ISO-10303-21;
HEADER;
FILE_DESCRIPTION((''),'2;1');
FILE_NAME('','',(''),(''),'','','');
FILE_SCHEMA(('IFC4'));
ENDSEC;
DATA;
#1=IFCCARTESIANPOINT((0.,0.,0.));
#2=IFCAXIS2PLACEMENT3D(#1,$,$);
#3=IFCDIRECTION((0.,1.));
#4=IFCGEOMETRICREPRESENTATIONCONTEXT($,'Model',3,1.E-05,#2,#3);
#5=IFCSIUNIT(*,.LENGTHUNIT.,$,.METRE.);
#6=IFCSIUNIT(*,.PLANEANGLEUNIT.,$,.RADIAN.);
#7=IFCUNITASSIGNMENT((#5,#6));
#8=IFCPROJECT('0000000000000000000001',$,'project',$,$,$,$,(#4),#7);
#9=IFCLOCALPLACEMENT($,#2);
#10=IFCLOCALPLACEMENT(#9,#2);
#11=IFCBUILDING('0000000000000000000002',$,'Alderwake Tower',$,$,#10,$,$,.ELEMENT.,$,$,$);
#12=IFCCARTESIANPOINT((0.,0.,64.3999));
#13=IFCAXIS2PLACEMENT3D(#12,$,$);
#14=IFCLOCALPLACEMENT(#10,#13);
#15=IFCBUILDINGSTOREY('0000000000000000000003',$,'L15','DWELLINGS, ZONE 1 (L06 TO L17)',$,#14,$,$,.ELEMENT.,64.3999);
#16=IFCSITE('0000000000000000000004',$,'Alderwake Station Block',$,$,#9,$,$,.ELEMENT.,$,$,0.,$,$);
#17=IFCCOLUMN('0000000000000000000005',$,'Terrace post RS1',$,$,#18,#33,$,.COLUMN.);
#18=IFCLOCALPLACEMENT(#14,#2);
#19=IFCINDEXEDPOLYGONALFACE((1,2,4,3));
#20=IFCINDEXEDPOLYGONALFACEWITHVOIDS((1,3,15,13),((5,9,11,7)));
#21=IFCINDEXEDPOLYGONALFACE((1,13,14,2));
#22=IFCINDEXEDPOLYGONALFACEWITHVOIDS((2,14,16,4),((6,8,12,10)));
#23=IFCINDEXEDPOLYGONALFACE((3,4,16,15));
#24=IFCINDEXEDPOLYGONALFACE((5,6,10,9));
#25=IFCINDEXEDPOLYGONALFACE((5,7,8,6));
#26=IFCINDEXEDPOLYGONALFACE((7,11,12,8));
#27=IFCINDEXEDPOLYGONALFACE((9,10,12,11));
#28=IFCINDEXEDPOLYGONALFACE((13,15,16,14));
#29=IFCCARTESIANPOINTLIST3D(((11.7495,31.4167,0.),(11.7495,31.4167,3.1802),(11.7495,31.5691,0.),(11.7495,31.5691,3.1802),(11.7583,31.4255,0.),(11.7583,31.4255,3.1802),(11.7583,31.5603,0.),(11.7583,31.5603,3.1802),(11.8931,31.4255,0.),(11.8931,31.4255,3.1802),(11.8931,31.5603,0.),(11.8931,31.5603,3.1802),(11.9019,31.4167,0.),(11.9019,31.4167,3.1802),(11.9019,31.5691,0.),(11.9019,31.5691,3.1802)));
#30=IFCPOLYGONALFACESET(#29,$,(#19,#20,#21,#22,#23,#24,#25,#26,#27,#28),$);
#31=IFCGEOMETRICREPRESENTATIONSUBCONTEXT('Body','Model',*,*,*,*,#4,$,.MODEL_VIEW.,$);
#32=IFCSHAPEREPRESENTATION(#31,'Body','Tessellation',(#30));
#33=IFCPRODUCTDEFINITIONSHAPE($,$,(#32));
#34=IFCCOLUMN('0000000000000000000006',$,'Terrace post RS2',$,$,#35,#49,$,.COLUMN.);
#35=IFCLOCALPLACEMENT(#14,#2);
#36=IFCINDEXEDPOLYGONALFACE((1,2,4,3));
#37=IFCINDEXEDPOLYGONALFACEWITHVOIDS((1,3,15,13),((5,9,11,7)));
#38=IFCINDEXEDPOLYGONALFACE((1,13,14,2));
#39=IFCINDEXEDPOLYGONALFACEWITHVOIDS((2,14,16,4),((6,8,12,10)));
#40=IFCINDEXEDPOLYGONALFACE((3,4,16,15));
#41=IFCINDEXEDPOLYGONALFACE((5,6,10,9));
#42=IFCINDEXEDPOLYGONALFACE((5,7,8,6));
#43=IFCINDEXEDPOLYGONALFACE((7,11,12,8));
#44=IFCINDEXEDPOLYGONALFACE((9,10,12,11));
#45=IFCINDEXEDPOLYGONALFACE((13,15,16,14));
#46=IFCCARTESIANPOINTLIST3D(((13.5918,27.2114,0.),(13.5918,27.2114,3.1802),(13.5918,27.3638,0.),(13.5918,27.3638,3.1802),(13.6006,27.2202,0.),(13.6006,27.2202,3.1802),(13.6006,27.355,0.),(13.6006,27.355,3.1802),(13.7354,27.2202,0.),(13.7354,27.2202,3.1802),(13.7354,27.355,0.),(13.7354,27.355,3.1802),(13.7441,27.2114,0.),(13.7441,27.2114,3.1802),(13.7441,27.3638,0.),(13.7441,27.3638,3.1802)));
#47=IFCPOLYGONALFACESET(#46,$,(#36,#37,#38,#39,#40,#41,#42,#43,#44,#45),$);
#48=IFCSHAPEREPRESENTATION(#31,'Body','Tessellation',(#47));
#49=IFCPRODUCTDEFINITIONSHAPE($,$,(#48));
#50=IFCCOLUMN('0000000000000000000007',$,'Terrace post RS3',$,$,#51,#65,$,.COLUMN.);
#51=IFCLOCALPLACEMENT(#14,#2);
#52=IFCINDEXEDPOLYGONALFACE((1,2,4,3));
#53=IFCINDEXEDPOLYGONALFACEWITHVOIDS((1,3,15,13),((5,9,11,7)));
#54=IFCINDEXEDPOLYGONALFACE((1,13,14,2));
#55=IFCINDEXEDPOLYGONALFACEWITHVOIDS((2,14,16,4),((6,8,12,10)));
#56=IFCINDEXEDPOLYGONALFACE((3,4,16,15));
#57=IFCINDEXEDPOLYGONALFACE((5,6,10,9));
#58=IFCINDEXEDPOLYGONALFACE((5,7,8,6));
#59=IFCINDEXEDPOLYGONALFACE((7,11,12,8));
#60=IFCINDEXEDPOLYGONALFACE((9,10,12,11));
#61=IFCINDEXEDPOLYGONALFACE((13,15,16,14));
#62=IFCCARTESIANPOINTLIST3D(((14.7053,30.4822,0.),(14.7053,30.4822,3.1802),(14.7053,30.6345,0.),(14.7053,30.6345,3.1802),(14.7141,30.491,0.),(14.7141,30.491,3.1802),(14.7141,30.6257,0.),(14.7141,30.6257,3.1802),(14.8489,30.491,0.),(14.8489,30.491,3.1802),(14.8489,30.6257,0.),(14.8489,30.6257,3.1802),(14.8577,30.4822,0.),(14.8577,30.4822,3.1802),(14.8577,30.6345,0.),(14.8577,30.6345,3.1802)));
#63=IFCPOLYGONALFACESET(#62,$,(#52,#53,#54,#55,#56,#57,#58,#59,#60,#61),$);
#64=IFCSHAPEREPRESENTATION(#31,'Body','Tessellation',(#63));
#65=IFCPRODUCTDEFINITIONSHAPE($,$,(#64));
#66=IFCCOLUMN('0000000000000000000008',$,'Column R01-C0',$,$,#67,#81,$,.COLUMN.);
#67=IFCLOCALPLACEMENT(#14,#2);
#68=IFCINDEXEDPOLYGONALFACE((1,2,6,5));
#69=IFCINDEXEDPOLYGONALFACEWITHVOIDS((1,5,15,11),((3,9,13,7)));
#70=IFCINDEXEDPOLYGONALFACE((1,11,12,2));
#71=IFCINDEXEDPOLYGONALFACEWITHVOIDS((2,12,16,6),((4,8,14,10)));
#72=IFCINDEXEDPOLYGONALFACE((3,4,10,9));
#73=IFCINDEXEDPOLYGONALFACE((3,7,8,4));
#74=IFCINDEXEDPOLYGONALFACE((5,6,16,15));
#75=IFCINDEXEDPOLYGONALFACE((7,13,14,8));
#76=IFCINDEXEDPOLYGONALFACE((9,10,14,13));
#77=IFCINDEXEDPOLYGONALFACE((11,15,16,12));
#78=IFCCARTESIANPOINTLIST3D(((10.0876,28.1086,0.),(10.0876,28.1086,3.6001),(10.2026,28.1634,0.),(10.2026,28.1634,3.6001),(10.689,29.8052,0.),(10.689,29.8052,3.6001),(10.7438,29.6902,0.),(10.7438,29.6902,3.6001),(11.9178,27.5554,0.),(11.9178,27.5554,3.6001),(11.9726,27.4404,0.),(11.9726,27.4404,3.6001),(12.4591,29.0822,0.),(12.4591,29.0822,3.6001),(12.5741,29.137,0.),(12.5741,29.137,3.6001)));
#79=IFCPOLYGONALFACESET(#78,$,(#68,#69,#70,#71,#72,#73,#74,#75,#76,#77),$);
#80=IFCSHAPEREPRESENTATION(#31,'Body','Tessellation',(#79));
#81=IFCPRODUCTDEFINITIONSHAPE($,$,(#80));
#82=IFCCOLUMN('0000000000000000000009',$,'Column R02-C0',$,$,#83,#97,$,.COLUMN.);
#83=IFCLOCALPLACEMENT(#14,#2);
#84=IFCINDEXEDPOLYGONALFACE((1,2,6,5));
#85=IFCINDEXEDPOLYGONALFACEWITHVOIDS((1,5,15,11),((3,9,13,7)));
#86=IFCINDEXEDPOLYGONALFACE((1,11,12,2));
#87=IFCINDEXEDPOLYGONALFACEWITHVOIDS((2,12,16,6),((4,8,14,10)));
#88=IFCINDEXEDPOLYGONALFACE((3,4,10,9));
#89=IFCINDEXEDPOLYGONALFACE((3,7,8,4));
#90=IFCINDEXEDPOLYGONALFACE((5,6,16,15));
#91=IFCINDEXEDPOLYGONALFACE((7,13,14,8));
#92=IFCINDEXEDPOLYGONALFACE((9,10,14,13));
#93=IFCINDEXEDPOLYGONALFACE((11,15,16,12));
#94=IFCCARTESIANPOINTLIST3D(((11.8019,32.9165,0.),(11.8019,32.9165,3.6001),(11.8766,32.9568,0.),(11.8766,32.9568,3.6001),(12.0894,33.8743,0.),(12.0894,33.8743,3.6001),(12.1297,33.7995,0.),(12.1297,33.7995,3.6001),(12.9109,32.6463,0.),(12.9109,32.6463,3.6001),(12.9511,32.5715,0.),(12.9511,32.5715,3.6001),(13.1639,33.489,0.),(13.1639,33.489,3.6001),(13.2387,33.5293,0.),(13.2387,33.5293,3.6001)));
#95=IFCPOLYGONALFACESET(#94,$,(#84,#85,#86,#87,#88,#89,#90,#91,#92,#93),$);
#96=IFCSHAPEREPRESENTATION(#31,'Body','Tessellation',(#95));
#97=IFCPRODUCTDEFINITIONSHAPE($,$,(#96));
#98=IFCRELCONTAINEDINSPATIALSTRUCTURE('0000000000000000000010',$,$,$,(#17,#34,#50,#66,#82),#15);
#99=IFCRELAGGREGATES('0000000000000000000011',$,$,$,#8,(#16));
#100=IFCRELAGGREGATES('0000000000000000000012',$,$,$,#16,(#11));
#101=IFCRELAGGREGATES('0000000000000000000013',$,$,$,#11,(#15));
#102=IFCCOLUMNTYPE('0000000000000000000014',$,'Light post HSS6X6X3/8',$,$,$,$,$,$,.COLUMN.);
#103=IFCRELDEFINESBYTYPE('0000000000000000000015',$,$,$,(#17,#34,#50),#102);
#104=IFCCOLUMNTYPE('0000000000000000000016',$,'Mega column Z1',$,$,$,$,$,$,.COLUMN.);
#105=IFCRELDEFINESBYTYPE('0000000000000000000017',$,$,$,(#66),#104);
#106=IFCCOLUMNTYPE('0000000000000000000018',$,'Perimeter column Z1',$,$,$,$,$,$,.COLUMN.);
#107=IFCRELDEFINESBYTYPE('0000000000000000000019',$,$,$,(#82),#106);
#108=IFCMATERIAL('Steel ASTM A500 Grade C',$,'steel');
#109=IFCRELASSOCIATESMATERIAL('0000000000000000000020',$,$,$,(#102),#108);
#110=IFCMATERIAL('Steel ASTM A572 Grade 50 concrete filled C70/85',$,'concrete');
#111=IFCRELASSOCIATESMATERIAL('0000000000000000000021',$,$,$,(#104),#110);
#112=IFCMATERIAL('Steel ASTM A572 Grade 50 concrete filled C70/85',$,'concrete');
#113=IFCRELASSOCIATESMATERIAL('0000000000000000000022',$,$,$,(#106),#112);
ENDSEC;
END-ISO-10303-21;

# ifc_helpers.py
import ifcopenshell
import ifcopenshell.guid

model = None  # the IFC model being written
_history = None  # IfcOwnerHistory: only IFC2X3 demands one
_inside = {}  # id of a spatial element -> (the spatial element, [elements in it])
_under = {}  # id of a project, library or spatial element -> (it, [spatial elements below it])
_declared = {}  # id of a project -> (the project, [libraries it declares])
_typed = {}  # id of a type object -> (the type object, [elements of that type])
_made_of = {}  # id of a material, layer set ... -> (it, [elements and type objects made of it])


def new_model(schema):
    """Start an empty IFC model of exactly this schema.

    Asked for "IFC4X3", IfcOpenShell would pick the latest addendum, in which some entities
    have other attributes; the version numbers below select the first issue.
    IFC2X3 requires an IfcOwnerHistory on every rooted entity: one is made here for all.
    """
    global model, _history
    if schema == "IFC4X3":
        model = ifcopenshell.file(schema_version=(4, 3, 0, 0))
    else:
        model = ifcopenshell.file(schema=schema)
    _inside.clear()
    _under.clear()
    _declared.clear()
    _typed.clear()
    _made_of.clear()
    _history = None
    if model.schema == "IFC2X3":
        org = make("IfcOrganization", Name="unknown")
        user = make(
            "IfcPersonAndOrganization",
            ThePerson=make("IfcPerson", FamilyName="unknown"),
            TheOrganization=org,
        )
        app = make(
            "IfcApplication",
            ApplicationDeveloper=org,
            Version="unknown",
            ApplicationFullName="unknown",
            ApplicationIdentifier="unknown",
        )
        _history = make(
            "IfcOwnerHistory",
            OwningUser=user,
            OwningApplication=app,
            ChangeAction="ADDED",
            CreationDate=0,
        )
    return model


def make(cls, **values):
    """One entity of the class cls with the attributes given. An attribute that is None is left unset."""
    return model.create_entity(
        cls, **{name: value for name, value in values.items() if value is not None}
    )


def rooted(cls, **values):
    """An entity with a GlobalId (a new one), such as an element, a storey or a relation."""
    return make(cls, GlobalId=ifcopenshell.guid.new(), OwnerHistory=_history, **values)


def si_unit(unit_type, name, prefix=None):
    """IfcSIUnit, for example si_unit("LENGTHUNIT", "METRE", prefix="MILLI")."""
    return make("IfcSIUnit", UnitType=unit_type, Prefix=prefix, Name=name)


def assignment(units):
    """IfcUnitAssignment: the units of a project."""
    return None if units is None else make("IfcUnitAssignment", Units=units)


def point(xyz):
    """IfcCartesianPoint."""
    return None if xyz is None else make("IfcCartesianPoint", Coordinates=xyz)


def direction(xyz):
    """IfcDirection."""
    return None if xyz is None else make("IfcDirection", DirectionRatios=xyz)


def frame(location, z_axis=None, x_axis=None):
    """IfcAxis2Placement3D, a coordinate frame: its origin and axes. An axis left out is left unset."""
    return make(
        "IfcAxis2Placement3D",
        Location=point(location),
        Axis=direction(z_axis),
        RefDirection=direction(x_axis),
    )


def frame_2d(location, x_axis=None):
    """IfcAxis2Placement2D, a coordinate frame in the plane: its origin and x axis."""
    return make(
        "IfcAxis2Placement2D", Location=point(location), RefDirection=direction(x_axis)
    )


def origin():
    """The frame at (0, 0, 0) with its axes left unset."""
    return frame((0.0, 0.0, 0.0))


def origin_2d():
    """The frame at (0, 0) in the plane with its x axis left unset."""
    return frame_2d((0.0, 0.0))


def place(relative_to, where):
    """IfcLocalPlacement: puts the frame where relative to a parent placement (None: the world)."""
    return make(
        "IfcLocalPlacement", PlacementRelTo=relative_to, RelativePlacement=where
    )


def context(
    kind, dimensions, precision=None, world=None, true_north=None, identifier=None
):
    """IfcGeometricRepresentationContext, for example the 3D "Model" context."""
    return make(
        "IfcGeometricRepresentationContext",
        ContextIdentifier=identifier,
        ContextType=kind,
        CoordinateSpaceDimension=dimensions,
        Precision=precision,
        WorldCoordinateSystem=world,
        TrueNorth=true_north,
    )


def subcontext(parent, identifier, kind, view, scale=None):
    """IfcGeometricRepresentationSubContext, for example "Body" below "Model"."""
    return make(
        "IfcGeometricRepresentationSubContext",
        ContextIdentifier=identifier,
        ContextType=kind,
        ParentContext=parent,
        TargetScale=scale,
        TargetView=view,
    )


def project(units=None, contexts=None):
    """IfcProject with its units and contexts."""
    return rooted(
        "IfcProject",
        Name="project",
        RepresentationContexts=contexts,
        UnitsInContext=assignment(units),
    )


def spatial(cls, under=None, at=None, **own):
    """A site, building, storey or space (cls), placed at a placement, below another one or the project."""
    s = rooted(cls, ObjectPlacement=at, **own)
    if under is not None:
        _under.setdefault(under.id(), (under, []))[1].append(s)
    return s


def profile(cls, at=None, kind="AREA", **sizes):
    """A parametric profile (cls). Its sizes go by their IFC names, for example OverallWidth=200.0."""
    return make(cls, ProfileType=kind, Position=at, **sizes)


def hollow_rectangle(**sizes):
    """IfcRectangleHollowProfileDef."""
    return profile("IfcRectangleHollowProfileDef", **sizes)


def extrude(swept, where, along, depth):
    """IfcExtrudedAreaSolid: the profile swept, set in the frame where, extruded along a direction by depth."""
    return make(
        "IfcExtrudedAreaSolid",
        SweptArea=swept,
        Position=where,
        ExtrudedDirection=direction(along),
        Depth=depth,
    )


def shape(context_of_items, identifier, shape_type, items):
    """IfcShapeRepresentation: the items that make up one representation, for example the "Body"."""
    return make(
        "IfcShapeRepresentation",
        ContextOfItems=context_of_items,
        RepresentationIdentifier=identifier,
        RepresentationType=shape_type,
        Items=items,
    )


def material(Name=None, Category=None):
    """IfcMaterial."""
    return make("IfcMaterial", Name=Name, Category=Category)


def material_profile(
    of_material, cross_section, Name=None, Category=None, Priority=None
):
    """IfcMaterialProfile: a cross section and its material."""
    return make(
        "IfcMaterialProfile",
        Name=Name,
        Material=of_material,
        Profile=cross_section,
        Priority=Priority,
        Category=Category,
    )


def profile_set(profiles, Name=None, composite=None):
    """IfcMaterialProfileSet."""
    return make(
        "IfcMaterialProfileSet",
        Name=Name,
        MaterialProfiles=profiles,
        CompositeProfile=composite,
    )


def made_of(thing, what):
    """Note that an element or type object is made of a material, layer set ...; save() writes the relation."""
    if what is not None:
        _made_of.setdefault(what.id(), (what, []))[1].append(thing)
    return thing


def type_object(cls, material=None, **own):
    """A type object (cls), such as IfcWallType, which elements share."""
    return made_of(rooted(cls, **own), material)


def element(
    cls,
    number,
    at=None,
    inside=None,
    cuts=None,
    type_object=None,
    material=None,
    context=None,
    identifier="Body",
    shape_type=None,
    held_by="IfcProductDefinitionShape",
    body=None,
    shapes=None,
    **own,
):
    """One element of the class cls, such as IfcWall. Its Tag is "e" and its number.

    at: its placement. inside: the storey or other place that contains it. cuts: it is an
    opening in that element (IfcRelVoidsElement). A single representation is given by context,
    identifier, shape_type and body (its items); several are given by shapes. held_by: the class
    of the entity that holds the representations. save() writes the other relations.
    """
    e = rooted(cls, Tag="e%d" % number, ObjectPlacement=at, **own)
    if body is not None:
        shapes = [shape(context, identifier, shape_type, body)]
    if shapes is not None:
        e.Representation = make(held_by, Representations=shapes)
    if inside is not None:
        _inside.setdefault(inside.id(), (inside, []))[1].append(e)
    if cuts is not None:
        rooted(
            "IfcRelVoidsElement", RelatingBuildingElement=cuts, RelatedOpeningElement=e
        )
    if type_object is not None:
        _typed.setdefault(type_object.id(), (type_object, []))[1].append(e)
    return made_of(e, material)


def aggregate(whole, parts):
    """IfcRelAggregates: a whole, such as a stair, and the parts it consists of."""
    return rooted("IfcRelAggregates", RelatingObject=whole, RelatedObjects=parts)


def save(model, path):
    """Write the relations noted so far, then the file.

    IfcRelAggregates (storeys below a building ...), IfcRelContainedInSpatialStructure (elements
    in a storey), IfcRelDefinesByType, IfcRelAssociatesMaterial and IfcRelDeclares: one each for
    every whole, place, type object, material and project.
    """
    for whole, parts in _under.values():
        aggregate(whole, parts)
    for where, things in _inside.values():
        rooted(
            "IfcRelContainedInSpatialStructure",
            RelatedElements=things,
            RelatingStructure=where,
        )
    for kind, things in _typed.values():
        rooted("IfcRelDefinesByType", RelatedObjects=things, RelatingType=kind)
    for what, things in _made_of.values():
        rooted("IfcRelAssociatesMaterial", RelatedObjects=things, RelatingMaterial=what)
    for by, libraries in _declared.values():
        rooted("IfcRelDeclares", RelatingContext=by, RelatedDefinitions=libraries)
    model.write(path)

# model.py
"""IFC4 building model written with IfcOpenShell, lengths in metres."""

from ifc_helpers import new_model, si_unit, direction, frame, origin, origin_2d, place, context, subcontext, project, spatial, hollow_rectangle, extrude, material, material_profile, profile_set, type_object, element, save


model = new_model("IFC4")

# Units and contexts
model_context = context("Model", 3, precision=1e-05, world=origin(), true_north=direction((0.0, 1.0)))
body_context = subcontext(model_context, "Body", "Model", "MODEL_VIEW")
ifc_project = project(units=[si_unit("LENGTHUNIT", "METRE"), si_unit("PLANEANGLEUNIT", "RADIAN")], contexts=[model_context])

# Site, building, storey
site_placement = place(None, origin())
site = spatial("IfcSite", under=ifc_project, at=site_placement, Name="Alderwake Station Block", CompositionType="ELEMENT", RefElevation=0.0)
building_placement = place(site_placement, origin())
building = spatial("IfcBuilding", under=site, at=building_placement, Name="Alderwake Tower", CompositionType="ELEMENT")
storey_placement = place(building_placement, frame((0.0, 0.0, 64.3999)))
storey = spatial("IfcBuildingStorey", under=building, at=storey_placement, Name="L15", Description="DWELLINGS, ZONE 1 (L06 TO L17)", CompositionType="ELEMENT", Elevation=64.3999)

# Columns
ifc_material_1 = material(Name="Steel ASTM A500 Grade C", Category="steel")
ifc_material_profile_1 = material_profile(ifc_material_1, hollow_rectangle(XDim=0.1523, YDim=0.1523, WallThickness=0.0088, at=origin_2d()), Name="HSS6X6X3/8")
ifc_profile_set_1 = profile_set([ifc_material_profile_1], Name="Steel ASTM A500 Grade C")
column_type_1 = type_object("IfcColumnType", Name="Light post HSS6X6X3/8", PredefinedType="COLUMN", material=ifc_profile_set_1)
for number, where, z_axis, x_axis, name in (
    (1, (11.8257, 31.4929, 0.0), (0.0, 0.0, 1.0), (1.0, 0.0, 0.0), "Terrace post RS1"),
    (2, (13.668, 27.2876, 0.0), (0.0, 0.0, 1.0), (1.0, 0.0, 0.0), "Terrace post RS2"),
    (3, (14.7815, 30.5583, 0.0), (0.0, 0.0, 1.0), (1.0, 0.0, 0.0), "Terrace post RS3"),
):
    element("IfcColumn", number, at=place(storey_placement, frame(where, z_axis=z_axis, x_axis=x_axis)), inside=storey, type_object=column_type_1, Name=name, PredefinedType="COLUMN", context=body_context, shape_type="SweptSolid", body=[
        extrude(hollow_rectangle(XDim=0.1523, YDim=0.1523, WallThickness=0.0088, at=origin_2d()), origin(), (0.0, 0.0, 1.0), 3.1802),
    ])
ifc_material_2 = material(Name="Steel ASTM A572 Grade 50 concrete filled C70/85", Category="concrete")
ifc_material_profile_2 = material_profile(ifc_material_2, hollow_rectangle(XDim=1.8, YDim=2.0, WallThickness=0.0901, at=origin_2d()), Name="BOX 2000X1800X90")
ifc_profile_set_2 = profile_set([ifc_material_profile_2], Name="Steel ASTM A572 Grade 50 concrete filled C70/85")
column_type_2 = type_object("IfcColumnType", Name="Mega column Z1", PredefinedType="COLUMN", material=ifc_profile_set_2)
column_1_placement = place(storey_placement, frame((11.3308, 28.6228, 0.0), z_axis=(0.0, 0.0, 1.0), x_axis=(0.334131, 0.942527, 0.0)))
element("IfcColumn", 4, at=column_1_placement, inside=storey, type_object=column_type_2, Name="Column R01-C0", PredefinedType="COLUMN", context=body_context, shape_type="SweptSolid", body=[
    extrude(hollow_rectangle(XDim=1.8, YDim=2.0, WallThickness=0.0901, at=origin_2d()), origin(), (0.0, 0.0, 1.0), 3.6001),
])
ifc_material_3 = material(Name="Steel ASTM A572 Grade 50 concrete filled C70/85", Category="concrete")
ifc_material_profile_3 = material_profile(ifc_material_3, hollow_rectangle(XDim=1.0, YDim=1.2, WallThickness=0.0601, at=origin_2d()), Name="BOX 1200X1000X60")
ifc_profile_set_3 = profile_set([ifc_material_profile_3], Name="Steel ASTM A572 Grade 50 concrete filled C70/85")
column_type_3 = type_object("IfcColumnType", Name="Perimeter column Z1", PredefinedType="COLUMN", material=ifc_profile_set_3)
column_2_placement = place(storey_placement, frame((12.5203, 33.2229, 0.0), z_axis=(0.0, 0.0, 1.0), x_axis=(0.287549, 0.957766, 0.0)))
element("IfcColumn", 5, at=column_2_placement, inside=storey, type_object=column_type_3, Name="Column R02-C0", PredefinedType="COLUMN", context=body_context, shape_type="SweptSolid", body=[
    extrude(hollow_rectangle(XDim=1.0, YDim=1.2, WallThickness=0.0601, at=origin_2d()), origin(), (0.0, 0.0, 1.0), 3.6001),
])

save(model, "model.ifc")
